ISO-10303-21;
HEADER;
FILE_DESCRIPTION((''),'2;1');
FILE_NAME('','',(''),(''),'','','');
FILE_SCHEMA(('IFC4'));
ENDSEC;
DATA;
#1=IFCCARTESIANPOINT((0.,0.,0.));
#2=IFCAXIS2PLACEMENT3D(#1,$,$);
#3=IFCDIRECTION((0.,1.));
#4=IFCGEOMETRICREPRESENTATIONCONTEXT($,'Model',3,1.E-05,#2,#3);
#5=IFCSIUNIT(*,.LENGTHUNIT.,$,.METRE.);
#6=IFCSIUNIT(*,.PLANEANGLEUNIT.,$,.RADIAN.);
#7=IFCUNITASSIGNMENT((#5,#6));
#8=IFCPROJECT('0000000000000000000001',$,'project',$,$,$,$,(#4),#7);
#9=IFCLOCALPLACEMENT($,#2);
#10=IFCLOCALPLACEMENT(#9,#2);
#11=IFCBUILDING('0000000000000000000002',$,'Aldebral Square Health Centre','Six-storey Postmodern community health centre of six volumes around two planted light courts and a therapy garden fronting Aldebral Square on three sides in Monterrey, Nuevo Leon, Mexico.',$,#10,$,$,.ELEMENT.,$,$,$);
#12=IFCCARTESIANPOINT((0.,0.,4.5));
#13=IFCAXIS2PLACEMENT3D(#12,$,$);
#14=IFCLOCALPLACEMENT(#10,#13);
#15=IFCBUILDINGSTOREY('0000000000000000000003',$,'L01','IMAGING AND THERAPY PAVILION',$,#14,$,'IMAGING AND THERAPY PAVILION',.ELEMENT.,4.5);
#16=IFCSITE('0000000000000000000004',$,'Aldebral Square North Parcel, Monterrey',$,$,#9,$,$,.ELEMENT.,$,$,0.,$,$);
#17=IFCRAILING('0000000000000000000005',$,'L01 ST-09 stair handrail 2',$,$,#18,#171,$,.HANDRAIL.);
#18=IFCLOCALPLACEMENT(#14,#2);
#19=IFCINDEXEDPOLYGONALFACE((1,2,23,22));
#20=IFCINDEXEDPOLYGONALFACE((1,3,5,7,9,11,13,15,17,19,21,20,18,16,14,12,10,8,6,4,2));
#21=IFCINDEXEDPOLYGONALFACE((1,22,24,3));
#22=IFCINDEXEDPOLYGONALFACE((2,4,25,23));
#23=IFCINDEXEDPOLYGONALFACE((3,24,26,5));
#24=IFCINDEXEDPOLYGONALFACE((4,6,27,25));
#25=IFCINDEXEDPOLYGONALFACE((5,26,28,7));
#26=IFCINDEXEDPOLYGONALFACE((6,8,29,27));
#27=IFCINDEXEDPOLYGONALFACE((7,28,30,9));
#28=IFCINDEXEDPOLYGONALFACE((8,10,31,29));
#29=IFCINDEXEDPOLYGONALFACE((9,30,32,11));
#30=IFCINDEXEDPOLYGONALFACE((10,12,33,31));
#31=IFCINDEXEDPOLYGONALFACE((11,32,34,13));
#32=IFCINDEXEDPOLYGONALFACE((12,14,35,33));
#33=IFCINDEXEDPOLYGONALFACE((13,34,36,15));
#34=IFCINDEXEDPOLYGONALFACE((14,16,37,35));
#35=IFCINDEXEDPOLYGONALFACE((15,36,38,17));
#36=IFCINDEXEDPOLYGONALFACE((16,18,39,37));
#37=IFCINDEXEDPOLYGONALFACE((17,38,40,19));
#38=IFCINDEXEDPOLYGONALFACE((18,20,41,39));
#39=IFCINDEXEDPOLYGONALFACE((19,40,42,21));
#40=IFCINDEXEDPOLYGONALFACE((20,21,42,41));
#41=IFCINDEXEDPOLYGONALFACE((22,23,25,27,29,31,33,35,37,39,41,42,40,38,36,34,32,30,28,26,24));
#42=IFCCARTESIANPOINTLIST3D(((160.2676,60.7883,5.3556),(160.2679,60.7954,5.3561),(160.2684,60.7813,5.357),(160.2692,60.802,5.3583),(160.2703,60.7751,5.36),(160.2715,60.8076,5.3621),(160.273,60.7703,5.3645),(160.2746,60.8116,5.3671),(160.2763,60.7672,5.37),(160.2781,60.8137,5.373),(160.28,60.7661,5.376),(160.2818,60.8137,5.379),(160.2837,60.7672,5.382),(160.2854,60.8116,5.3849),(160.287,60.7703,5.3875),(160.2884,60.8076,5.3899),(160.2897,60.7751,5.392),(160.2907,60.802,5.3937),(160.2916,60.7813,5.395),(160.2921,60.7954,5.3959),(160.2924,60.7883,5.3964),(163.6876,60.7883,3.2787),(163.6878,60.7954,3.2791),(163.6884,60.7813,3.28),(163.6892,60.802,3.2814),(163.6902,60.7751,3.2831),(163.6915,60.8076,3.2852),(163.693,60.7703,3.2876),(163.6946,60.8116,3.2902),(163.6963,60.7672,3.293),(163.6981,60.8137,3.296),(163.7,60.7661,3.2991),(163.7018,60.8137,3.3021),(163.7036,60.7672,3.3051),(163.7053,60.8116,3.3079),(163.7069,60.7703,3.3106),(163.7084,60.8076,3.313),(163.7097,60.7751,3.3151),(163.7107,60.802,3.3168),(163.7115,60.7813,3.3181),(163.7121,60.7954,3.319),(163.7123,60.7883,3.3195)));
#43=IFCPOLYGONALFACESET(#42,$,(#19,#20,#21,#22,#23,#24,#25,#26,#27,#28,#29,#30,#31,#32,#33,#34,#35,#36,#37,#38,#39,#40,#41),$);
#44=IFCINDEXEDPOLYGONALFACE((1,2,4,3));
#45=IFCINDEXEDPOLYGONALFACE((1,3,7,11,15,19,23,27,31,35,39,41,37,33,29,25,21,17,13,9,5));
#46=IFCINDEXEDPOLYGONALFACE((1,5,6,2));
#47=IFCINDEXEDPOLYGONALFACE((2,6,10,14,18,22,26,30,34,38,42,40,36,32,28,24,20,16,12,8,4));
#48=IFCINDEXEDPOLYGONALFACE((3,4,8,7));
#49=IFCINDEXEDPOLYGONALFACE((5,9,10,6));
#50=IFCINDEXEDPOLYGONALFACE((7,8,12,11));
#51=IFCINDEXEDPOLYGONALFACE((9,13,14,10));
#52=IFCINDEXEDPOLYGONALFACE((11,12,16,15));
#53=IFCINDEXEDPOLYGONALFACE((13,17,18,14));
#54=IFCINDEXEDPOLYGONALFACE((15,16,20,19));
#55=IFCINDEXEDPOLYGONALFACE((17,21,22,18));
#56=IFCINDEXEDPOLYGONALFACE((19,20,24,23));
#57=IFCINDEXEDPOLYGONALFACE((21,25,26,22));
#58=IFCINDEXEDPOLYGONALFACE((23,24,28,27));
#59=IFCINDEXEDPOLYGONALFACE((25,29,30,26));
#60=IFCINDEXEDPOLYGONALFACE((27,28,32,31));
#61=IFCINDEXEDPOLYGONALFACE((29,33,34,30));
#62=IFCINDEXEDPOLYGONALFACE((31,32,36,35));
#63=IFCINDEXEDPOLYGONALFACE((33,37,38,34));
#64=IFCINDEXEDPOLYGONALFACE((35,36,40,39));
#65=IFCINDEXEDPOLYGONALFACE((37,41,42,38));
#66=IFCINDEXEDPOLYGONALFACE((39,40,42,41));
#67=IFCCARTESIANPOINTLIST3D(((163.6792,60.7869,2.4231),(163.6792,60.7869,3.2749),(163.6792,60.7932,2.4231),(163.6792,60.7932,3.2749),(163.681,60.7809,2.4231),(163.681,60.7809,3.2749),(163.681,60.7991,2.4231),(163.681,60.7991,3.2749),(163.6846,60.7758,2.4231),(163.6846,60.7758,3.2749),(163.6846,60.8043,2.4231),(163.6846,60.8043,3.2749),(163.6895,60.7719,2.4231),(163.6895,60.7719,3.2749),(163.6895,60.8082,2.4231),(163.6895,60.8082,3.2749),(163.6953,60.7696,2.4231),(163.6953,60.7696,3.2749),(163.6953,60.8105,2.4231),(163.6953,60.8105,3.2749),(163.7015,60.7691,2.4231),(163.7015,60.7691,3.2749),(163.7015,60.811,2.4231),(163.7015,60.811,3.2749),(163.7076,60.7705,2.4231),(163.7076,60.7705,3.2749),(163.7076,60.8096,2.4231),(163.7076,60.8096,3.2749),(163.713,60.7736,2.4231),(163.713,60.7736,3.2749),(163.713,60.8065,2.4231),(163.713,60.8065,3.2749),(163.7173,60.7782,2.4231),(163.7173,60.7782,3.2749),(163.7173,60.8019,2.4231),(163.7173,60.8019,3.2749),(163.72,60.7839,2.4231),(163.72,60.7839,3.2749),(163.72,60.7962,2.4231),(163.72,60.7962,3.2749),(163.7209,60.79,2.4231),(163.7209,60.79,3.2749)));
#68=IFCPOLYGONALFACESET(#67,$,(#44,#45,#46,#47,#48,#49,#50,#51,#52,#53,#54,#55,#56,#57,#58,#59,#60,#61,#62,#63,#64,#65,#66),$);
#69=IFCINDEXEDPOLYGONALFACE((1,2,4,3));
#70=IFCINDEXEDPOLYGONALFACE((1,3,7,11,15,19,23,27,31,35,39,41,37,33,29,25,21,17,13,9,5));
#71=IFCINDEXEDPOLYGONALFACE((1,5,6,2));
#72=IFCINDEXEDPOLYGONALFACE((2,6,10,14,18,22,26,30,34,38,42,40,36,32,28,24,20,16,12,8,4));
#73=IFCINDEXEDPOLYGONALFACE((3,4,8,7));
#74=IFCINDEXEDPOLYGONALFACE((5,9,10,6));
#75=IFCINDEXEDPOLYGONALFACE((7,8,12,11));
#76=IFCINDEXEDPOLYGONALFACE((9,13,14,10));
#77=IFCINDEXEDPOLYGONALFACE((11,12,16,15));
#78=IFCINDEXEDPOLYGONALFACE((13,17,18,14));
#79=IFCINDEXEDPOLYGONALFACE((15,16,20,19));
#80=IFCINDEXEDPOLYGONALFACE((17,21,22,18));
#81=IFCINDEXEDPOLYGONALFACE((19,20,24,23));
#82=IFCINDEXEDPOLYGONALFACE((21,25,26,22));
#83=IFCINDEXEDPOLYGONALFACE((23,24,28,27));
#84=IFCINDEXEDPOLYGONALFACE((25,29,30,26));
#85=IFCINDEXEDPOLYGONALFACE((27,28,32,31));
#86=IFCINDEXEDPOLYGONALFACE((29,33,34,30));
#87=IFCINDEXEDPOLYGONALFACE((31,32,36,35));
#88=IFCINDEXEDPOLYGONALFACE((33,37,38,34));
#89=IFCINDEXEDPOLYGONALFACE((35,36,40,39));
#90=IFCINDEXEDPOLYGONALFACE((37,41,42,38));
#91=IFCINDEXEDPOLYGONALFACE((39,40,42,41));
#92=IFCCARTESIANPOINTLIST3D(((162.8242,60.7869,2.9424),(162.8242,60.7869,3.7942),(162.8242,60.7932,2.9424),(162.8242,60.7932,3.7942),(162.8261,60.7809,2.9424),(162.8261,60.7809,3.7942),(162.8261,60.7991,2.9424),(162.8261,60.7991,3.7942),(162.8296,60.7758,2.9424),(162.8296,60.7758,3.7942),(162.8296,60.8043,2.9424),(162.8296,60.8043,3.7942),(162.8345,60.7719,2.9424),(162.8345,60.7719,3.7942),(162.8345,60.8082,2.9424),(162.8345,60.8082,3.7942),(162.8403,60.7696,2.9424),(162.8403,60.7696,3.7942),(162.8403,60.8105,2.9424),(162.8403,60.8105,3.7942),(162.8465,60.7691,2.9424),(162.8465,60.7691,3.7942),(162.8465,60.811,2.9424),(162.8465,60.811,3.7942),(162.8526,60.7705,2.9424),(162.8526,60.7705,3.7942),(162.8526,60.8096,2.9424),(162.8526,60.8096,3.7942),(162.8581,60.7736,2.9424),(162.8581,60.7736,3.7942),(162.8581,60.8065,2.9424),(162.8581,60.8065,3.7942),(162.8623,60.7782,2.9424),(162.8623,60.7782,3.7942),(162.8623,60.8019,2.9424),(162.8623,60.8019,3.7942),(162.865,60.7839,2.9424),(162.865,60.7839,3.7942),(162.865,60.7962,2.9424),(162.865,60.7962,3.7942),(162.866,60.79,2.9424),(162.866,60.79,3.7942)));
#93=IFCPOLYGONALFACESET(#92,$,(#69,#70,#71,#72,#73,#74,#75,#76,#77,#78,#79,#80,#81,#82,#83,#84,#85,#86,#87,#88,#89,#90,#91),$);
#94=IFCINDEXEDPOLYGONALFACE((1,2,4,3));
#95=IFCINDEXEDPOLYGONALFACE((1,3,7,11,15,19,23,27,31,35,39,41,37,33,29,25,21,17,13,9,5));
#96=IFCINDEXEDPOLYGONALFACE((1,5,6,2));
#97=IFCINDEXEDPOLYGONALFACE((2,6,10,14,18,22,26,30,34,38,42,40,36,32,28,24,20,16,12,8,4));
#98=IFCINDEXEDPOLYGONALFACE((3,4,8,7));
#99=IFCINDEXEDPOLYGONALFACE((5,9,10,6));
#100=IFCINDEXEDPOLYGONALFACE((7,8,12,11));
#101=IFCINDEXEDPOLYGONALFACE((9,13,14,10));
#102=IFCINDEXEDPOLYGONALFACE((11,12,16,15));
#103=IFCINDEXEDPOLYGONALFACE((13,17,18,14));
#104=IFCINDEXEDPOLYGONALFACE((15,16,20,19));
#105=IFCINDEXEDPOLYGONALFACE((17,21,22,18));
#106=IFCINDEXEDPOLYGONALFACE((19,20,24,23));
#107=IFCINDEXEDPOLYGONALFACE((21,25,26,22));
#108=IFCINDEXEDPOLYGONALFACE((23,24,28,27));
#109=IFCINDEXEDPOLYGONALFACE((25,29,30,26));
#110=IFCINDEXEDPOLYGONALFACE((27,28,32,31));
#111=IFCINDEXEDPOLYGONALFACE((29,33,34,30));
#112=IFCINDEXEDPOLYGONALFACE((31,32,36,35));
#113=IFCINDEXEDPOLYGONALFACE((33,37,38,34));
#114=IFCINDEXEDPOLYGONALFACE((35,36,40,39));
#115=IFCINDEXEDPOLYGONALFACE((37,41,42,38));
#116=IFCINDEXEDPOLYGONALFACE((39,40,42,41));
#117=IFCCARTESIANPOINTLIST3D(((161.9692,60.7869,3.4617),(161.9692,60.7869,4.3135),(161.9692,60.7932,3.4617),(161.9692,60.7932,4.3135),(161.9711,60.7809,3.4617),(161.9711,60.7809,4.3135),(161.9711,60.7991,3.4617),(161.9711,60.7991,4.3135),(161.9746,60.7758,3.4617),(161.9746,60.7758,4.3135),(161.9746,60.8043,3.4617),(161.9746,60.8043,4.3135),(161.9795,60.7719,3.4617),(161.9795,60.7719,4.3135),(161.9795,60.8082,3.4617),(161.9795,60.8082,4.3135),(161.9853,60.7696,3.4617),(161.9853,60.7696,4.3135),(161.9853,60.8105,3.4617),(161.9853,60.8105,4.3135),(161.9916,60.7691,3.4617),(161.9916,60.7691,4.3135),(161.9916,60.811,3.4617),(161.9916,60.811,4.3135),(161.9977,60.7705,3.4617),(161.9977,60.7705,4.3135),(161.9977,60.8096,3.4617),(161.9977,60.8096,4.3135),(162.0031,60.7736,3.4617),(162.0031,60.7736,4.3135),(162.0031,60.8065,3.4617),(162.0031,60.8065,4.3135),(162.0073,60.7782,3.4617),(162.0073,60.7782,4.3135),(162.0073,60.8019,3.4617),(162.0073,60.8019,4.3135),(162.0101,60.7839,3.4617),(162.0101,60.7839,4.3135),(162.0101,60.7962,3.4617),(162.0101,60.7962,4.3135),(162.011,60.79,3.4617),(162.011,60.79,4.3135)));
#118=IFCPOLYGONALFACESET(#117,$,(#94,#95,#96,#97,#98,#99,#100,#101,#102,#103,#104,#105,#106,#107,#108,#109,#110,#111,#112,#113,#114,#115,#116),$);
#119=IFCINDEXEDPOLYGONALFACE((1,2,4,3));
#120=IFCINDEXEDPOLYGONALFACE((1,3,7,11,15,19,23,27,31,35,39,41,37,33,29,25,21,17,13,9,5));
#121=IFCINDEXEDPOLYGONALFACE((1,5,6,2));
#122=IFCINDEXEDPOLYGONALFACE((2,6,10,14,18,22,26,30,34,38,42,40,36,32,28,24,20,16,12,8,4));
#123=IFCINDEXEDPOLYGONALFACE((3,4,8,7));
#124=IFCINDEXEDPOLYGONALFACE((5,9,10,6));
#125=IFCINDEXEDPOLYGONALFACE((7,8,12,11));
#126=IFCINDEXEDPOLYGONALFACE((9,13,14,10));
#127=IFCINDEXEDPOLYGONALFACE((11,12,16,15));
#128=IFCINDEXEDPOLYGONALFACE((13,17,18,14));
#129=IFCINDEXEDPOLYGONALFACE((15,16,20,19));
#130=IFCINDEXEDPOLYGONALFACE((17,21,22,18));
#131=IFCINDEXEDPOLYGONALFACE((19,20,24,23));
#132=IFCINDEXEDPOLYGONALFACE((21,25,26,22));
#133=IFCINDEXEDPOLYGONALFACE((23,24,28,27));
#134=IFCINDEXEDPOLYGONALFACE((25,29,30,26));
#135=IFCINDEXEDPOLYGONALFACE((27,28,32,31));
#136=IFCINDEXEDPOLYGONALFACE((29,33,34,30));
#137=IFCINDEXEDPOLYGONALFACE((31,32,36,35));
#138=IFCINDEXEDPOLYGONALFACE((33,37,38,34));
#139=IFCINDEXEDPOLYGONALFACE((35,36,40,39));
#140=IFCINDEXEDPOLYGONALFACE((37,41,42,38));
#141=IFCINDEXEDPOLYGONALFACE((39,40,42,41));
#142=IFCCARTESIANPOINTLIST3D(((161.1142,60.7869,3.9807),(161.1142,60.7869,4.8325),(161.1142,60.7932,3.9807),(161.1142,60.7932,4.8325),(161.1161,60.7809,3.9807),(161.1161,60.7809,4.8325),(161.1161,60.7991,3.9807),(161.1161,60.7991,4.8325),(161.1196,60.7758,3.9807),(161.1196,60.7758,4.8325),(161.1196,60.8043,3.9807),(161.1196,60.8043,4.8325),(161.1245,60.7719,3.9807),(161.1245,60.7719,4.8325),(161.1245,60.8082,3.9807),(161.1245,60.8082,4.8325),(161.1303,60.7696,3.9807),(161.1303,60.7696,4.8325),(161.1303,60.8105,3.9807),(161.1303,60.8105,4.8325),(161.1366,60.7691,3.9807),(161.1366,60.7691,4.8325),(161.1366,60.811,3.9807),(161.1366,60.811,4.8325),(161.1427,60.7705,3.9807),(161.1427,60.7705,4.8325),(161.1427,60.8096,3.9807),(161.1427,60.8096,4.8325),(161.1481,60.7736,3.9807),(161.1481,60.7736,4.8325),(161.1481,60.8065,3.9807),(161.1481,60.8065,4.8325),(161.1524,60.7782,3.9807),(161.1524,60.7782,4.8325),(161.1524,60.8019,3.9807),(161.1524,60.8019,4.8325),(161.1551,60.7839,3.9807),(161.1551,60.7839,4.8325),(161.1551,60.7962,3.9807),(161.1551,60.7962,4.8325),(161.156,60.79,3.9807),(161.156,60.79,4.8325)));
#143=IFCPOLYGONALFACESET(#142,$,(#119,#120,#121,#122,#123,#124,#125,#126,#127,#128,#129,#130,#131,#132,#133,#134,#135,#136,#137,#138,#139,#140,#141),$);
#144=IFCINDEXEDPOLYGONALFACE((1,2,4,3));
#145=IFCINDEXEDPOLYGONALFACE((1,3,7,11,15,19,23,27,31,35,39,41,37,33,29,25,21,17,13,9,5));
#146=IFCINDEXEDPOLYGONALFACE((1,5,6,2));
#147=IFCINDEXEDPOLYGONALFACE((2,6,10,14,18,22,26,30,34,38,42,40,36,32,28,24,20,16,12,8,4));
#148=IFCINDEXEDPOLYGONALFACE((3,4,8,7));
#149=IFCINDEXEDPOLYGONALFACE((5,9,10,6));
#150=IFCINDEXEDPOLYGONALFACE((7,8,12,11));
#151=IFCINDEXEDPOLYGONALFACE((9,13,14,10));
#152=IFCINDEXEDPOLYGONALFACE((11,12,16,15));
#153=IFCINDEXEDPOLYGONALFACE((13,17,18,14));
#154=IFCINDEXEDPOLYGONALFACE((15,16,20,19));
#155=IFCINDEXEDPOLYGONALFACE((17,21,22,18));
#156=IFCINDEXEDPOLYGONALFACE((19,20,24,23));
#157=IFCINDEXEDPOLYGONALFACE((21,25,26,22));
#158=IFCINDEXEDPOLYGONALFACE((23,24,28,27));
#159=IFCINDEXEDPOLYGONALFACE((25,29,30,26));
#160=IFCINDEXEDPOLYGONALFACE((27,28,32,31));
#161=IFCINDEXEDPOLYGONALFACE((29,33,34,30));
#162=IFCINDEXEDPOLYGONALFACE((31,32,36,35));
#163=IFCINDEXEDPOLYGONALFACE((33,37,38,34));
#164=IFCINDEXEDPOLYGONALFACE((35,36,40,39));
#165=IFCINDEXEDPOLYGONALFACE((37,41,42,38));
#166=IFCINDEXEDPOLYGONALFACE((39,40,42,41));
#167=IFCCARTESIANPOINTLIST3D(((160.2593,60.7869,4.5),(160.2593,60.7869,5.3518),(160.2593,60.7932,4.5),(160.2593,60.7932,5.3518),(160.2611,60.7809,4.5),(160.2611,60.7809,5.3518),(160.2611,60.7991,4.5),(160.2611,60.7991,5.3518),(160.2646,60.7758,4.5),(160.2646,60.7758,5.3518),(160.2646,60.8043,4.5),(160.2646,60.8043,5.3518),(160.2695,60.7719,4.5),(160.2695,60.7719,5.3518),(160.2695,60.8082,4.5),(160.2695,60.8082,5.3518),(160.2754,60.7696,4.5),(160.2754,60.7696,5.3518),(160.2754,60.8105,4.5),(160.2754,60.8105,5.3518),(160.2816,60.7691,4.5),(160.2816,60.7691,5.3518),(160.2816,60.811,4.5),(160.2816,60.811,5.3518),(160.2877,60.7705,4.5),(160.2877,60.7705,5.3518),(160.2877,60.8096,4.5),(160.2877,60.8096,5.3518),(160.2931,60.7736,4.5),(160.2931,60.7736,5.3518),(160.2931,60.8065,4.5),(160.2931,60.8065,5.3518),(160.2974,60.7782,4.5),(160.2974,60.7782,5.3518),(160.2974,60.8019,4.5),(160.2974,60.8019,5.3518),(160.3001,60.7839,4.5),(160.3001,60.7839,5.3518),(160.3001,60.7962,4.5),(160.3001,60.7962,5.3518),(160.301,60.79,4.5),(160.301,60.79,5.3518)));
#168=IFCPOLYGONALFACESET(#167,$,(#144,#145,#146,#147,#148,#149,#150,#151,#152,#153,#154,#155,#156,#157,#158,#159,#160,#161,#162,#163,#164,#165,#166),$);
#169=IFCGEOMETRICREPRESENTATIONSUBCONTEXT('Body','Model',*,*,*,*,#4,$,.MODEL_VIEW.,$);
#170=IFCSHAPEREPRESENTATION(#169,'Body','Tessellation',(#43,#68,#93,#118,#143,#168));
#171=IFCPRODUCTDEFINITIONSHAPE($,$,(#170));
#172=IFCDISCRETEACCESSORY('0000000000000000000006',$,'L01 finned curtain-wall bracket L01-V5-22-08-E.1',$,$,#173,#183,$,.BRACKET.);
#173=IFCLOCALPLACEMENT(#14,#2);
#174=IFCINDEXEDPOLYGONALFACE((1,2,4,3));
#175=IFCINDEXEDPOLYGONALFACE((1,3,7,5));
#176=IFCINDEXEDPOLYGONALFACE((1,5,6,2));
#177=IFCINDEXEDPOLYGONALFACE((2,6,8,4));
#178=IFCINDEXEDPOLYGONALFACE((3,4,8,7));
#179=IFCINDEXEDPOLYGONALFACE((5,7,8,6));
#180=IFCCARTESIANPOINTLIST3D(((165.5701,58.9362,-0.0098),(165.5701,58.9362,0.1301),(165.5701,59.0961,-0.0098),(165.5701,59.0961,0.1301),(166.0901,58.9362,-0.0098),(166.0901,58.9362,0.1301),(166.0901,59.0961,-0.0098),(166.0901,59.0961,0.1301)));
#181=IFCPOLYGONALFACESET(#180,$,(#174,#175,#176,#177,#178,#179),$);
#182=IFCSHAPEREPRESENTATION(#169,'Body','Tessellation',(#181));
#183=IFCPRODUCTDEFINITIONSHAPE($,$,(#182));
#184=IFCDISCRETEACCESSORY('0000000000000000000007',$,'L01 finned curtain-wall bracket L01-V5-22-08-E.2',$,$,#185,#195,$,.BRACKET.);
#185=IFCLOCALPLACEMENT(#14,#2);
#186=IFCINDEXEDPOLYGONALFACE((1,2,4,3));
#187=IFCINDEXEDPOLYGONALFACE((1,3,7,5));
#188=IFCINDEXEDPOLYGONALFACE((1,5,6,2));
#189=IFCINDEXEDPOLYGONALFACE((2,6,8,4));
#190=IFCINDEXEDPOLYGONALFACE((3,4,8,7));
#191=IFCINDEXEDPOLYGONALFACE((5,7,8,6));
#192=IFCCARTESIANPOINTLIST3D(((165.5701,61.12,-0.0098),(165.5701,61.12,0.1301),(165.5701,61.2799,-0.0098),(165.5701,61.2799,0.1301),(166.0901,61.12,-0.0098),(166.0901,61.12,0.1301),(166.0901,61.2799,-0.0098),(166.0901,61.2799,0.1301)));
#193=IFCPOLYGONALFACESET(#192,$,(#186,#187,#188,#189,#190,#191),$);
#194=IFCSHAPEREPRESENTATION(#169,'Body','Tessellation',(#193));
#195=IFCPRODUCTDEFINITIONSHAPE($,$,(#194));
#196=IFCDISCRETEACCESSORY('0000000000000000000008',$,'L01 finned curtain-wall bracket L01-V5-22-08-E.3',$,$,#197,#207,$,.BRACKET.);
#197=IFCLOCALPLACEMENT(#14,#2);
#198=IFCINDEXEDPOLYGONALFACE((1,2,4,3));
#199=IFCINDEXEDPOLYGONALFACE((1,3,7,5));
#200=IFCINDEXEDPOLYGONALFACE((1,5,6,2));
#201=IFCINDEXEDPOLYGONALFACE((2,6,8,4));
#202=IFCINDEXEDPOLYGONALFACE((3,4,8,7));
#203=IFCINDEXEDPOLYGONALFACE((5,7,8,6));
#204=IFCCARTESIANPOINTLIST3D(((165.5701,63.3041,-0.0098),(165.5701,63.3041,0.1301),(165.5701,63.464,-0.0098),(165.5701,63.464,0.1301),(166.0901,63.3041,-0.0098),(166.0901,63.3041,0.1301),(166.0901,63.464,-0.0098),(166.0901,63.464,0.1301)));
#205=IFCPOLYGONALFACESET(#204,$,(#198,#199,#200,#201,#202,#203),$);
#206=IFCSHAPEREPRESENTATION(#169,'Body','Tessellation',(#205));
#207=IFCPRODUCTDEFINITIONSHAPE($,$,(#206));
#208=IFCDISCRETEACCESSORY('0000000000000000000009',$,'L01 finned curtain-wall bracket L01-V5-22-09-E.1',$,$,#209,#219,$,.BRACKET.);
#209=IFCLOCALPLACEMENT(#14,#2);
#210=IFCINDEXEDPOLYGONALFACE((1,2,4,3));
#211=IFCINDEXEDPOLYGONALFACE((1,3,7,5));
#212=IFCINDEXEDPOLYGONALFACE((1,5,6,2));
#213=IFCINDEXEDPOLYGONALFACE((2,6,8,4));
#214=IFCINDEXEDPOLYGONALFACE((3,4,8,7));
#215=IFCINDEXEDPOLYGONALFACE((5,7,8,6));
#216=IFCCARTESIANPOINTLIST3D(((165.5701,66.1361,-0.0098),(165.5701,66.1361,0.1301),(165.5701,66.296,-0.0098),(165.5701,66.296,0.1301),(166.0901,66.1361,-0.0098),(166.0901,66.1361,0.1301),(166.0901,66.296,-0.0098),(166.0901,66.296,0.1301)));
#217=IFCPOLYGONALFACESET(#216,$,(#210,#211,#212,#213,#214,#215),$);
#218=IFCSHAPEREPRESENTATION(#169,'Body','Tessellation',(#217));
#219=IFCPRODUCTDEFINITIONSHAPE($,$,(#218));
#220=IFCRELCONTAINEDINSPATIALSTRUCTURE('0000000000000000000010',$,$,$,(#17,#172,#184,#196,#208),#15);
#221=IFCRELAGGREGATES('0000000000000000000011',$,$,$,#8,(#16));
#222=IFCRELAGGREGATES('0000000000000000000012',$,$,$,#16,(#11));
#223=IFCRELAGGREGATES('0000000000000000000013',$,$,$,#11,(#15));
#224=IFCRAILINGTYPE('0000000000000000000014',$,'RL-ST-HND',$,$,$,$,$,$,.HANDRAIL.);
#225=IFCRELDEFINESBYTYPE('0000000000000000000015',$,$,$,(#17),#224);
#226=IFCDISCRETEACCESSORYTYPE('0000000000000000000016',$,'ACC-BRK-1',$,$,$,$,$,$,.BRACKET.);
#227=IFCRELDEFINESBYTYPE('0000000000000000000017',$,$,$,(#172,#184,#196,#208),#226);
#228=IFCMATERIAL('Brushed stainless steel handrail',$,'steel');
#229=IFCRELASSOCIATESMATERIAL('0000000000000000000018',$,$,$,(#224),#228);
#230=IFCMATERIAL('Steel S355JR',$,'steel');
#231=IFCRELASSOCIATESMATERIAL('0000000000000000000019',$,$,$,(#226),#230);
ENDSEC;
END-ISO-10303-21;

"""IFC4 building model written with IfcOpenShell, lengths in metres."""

from ifc_helpers import new_model, si_unit, direction, frame, origin, origin_2d, place, context, subcontext, project, spatial, rectangle, circle, extrude, material, type_object, element, save


model = new_model("IFC4")

# Units and contexts
model_context = context("Model", 3, precision=1e-05, world=origin(), true_north=direction((0.0, 1.0)))
body_context = subcontext(model_context, "Body", "Model", "MODEL_VIEW")
ifc_project = project(units=[si_unit("LENGTHUNIT", "METRE"), si_unit("PLANEANGLEUNIT", "RADIAN")], contexts=[model_context])

# Site, building, storey
site_placement = place(None, origin())
site = spatial("IfcSite", under=ifc_project, at=site_placement, Name="Aldebral Square North Parcel, Monterrey", CompositionType="ELEMENT", RefElevation=0.0)
building_placement = place(site_placement, origin())
building = spatial("IfcBuilding", under=site, at=building_placement, Name="Aldebral Square Health Centre", Description="Six-storey Postmodern community health centre of six volumes around two planted light courts and a therapy garden fronting Aldebral Square on three sides in Monterrey, Nuevo Leon, Mexico.", CompositionType="ELEMENT")
storey_placement = place(building_placement, frame((0.0, 0.0, 4.5)))
storey = spatial("IfcBuildingStorey", under=building, at=storey_placement, Name="L01", Description="IMAGING AND THERAPY PAVILION", LongName="IMAGING AND THERAPY PAVILION", CompositionType="ELEMENT", Elevation=4.5)

# Railing
ifc_material_1 = material(Name="Brushed stainless steel handrail", Category="steel")
railing_type_1 = type_object("IfcRailingType", Name="RL-ST-HND", PredefinedType="HANDRAIL", material=ifc_material_1)
railing_1_placement = place(storey_placement, frame((163.7, 60.79, 2.4231)))
element("IfcRailing", 1, at=railing_1_placement, inside=storey, type_object=railing_type_1, Name="L01 ST-09 stair handrail 2", PredefinedType="HANDRAIL", context=body_context, shape_type="SweptSolid", body=[
    extrude(circle(Radius=0.0239, at=origin_2d()), frame((0.0, 0.0, 0.876), z_axis=(-0.85473, 0.0, 0.519074), x_axis=(0.0, -1.0, 0.0)), (0.0, 0.0, 1.0), 4.0012),
    extrude(circle(Radius=0.021, at=origin_2d()), origin(), (0.0, 0.0, 1.0), 0.8518),
    extrude(circle(Radius=0.021, at=origin_2d()), frame((-0.855, 0.0, 0.5193)), (0.0, 0.0, 1.0), 0.8518),
    extrude(circle(Radius=0.021, at=origin_2d()), frame((-1.71, 0.0, 1.0386)), (0.0, 0.0, 1.0), 0.8518),
    extrude(circle(Radius=0.021, at=origin_2d()), frame((-2.5649, 0.0, 1.5576)), (0.0, 0.0, 1.0), 0.8518),
    extrude(circle(Radius=0.021, at=origin_2d()), frame((-3.4199, 0.0, 2.0769)), (0.0, 0.0, 1.0), 0.8518),
])

# Discrete accessories
ifc_material_2 = material(Name="Steel S355JR", Category="steel")
discrete_accessory_type = type_object("IfcDiscreteAccessoryType", Name="ACC-BRK-1", PredefinedType="BRACKET", material=ifc_material_2)
for number, where, z_axis, x_axis, name in (
    (2, (165.8301, 59.0161, -0.0098), (0.0, 0.0, 1.0), (0.0, 1.0, 0.0), "L01 finned curtain-wall bracket L01-V5-22-08-E.1"),
    (3, (165.8301, 61.2, -0.0098), (0.0, 0.0, 1.0), (0.0, 1.0, 0.0), "L01 finned curtain-wall bracket L01-V5-22-08-E.2"),
    (4, (165.8301, 63.384, -0.0098), (0.0, 0.0, 1.0), (0.0, 1.0, 0.0), "L01 finned curtain-wall bracket L01-V5-22-08-E.3"),
    (5, (165.8301, 66.2161, -0.0098), (0.0, 0.0, 1.0), (0.0, 1.0, 0.0), "L01 finned curtain-wall bracket L01-V5-22-09-E.1"),
):
    element("IfcDiscreteAccessory", number, at=place(storey_placement, frame(where, z_axis=z_axis, x_axis=x_axis)), inside=storey, type_object=discrete_accessory_type, Name=name, PredefinedType="BRACKET", context=body_context, shape_type="SweptSolid", body=[
        extrude(rectangle(XDim=0.1599, YDim=0.52, at=origin_2d()), origin(), (0.0, 0.0, 1.0), 0.1399),
    ])

save(model, "model.ifc")
